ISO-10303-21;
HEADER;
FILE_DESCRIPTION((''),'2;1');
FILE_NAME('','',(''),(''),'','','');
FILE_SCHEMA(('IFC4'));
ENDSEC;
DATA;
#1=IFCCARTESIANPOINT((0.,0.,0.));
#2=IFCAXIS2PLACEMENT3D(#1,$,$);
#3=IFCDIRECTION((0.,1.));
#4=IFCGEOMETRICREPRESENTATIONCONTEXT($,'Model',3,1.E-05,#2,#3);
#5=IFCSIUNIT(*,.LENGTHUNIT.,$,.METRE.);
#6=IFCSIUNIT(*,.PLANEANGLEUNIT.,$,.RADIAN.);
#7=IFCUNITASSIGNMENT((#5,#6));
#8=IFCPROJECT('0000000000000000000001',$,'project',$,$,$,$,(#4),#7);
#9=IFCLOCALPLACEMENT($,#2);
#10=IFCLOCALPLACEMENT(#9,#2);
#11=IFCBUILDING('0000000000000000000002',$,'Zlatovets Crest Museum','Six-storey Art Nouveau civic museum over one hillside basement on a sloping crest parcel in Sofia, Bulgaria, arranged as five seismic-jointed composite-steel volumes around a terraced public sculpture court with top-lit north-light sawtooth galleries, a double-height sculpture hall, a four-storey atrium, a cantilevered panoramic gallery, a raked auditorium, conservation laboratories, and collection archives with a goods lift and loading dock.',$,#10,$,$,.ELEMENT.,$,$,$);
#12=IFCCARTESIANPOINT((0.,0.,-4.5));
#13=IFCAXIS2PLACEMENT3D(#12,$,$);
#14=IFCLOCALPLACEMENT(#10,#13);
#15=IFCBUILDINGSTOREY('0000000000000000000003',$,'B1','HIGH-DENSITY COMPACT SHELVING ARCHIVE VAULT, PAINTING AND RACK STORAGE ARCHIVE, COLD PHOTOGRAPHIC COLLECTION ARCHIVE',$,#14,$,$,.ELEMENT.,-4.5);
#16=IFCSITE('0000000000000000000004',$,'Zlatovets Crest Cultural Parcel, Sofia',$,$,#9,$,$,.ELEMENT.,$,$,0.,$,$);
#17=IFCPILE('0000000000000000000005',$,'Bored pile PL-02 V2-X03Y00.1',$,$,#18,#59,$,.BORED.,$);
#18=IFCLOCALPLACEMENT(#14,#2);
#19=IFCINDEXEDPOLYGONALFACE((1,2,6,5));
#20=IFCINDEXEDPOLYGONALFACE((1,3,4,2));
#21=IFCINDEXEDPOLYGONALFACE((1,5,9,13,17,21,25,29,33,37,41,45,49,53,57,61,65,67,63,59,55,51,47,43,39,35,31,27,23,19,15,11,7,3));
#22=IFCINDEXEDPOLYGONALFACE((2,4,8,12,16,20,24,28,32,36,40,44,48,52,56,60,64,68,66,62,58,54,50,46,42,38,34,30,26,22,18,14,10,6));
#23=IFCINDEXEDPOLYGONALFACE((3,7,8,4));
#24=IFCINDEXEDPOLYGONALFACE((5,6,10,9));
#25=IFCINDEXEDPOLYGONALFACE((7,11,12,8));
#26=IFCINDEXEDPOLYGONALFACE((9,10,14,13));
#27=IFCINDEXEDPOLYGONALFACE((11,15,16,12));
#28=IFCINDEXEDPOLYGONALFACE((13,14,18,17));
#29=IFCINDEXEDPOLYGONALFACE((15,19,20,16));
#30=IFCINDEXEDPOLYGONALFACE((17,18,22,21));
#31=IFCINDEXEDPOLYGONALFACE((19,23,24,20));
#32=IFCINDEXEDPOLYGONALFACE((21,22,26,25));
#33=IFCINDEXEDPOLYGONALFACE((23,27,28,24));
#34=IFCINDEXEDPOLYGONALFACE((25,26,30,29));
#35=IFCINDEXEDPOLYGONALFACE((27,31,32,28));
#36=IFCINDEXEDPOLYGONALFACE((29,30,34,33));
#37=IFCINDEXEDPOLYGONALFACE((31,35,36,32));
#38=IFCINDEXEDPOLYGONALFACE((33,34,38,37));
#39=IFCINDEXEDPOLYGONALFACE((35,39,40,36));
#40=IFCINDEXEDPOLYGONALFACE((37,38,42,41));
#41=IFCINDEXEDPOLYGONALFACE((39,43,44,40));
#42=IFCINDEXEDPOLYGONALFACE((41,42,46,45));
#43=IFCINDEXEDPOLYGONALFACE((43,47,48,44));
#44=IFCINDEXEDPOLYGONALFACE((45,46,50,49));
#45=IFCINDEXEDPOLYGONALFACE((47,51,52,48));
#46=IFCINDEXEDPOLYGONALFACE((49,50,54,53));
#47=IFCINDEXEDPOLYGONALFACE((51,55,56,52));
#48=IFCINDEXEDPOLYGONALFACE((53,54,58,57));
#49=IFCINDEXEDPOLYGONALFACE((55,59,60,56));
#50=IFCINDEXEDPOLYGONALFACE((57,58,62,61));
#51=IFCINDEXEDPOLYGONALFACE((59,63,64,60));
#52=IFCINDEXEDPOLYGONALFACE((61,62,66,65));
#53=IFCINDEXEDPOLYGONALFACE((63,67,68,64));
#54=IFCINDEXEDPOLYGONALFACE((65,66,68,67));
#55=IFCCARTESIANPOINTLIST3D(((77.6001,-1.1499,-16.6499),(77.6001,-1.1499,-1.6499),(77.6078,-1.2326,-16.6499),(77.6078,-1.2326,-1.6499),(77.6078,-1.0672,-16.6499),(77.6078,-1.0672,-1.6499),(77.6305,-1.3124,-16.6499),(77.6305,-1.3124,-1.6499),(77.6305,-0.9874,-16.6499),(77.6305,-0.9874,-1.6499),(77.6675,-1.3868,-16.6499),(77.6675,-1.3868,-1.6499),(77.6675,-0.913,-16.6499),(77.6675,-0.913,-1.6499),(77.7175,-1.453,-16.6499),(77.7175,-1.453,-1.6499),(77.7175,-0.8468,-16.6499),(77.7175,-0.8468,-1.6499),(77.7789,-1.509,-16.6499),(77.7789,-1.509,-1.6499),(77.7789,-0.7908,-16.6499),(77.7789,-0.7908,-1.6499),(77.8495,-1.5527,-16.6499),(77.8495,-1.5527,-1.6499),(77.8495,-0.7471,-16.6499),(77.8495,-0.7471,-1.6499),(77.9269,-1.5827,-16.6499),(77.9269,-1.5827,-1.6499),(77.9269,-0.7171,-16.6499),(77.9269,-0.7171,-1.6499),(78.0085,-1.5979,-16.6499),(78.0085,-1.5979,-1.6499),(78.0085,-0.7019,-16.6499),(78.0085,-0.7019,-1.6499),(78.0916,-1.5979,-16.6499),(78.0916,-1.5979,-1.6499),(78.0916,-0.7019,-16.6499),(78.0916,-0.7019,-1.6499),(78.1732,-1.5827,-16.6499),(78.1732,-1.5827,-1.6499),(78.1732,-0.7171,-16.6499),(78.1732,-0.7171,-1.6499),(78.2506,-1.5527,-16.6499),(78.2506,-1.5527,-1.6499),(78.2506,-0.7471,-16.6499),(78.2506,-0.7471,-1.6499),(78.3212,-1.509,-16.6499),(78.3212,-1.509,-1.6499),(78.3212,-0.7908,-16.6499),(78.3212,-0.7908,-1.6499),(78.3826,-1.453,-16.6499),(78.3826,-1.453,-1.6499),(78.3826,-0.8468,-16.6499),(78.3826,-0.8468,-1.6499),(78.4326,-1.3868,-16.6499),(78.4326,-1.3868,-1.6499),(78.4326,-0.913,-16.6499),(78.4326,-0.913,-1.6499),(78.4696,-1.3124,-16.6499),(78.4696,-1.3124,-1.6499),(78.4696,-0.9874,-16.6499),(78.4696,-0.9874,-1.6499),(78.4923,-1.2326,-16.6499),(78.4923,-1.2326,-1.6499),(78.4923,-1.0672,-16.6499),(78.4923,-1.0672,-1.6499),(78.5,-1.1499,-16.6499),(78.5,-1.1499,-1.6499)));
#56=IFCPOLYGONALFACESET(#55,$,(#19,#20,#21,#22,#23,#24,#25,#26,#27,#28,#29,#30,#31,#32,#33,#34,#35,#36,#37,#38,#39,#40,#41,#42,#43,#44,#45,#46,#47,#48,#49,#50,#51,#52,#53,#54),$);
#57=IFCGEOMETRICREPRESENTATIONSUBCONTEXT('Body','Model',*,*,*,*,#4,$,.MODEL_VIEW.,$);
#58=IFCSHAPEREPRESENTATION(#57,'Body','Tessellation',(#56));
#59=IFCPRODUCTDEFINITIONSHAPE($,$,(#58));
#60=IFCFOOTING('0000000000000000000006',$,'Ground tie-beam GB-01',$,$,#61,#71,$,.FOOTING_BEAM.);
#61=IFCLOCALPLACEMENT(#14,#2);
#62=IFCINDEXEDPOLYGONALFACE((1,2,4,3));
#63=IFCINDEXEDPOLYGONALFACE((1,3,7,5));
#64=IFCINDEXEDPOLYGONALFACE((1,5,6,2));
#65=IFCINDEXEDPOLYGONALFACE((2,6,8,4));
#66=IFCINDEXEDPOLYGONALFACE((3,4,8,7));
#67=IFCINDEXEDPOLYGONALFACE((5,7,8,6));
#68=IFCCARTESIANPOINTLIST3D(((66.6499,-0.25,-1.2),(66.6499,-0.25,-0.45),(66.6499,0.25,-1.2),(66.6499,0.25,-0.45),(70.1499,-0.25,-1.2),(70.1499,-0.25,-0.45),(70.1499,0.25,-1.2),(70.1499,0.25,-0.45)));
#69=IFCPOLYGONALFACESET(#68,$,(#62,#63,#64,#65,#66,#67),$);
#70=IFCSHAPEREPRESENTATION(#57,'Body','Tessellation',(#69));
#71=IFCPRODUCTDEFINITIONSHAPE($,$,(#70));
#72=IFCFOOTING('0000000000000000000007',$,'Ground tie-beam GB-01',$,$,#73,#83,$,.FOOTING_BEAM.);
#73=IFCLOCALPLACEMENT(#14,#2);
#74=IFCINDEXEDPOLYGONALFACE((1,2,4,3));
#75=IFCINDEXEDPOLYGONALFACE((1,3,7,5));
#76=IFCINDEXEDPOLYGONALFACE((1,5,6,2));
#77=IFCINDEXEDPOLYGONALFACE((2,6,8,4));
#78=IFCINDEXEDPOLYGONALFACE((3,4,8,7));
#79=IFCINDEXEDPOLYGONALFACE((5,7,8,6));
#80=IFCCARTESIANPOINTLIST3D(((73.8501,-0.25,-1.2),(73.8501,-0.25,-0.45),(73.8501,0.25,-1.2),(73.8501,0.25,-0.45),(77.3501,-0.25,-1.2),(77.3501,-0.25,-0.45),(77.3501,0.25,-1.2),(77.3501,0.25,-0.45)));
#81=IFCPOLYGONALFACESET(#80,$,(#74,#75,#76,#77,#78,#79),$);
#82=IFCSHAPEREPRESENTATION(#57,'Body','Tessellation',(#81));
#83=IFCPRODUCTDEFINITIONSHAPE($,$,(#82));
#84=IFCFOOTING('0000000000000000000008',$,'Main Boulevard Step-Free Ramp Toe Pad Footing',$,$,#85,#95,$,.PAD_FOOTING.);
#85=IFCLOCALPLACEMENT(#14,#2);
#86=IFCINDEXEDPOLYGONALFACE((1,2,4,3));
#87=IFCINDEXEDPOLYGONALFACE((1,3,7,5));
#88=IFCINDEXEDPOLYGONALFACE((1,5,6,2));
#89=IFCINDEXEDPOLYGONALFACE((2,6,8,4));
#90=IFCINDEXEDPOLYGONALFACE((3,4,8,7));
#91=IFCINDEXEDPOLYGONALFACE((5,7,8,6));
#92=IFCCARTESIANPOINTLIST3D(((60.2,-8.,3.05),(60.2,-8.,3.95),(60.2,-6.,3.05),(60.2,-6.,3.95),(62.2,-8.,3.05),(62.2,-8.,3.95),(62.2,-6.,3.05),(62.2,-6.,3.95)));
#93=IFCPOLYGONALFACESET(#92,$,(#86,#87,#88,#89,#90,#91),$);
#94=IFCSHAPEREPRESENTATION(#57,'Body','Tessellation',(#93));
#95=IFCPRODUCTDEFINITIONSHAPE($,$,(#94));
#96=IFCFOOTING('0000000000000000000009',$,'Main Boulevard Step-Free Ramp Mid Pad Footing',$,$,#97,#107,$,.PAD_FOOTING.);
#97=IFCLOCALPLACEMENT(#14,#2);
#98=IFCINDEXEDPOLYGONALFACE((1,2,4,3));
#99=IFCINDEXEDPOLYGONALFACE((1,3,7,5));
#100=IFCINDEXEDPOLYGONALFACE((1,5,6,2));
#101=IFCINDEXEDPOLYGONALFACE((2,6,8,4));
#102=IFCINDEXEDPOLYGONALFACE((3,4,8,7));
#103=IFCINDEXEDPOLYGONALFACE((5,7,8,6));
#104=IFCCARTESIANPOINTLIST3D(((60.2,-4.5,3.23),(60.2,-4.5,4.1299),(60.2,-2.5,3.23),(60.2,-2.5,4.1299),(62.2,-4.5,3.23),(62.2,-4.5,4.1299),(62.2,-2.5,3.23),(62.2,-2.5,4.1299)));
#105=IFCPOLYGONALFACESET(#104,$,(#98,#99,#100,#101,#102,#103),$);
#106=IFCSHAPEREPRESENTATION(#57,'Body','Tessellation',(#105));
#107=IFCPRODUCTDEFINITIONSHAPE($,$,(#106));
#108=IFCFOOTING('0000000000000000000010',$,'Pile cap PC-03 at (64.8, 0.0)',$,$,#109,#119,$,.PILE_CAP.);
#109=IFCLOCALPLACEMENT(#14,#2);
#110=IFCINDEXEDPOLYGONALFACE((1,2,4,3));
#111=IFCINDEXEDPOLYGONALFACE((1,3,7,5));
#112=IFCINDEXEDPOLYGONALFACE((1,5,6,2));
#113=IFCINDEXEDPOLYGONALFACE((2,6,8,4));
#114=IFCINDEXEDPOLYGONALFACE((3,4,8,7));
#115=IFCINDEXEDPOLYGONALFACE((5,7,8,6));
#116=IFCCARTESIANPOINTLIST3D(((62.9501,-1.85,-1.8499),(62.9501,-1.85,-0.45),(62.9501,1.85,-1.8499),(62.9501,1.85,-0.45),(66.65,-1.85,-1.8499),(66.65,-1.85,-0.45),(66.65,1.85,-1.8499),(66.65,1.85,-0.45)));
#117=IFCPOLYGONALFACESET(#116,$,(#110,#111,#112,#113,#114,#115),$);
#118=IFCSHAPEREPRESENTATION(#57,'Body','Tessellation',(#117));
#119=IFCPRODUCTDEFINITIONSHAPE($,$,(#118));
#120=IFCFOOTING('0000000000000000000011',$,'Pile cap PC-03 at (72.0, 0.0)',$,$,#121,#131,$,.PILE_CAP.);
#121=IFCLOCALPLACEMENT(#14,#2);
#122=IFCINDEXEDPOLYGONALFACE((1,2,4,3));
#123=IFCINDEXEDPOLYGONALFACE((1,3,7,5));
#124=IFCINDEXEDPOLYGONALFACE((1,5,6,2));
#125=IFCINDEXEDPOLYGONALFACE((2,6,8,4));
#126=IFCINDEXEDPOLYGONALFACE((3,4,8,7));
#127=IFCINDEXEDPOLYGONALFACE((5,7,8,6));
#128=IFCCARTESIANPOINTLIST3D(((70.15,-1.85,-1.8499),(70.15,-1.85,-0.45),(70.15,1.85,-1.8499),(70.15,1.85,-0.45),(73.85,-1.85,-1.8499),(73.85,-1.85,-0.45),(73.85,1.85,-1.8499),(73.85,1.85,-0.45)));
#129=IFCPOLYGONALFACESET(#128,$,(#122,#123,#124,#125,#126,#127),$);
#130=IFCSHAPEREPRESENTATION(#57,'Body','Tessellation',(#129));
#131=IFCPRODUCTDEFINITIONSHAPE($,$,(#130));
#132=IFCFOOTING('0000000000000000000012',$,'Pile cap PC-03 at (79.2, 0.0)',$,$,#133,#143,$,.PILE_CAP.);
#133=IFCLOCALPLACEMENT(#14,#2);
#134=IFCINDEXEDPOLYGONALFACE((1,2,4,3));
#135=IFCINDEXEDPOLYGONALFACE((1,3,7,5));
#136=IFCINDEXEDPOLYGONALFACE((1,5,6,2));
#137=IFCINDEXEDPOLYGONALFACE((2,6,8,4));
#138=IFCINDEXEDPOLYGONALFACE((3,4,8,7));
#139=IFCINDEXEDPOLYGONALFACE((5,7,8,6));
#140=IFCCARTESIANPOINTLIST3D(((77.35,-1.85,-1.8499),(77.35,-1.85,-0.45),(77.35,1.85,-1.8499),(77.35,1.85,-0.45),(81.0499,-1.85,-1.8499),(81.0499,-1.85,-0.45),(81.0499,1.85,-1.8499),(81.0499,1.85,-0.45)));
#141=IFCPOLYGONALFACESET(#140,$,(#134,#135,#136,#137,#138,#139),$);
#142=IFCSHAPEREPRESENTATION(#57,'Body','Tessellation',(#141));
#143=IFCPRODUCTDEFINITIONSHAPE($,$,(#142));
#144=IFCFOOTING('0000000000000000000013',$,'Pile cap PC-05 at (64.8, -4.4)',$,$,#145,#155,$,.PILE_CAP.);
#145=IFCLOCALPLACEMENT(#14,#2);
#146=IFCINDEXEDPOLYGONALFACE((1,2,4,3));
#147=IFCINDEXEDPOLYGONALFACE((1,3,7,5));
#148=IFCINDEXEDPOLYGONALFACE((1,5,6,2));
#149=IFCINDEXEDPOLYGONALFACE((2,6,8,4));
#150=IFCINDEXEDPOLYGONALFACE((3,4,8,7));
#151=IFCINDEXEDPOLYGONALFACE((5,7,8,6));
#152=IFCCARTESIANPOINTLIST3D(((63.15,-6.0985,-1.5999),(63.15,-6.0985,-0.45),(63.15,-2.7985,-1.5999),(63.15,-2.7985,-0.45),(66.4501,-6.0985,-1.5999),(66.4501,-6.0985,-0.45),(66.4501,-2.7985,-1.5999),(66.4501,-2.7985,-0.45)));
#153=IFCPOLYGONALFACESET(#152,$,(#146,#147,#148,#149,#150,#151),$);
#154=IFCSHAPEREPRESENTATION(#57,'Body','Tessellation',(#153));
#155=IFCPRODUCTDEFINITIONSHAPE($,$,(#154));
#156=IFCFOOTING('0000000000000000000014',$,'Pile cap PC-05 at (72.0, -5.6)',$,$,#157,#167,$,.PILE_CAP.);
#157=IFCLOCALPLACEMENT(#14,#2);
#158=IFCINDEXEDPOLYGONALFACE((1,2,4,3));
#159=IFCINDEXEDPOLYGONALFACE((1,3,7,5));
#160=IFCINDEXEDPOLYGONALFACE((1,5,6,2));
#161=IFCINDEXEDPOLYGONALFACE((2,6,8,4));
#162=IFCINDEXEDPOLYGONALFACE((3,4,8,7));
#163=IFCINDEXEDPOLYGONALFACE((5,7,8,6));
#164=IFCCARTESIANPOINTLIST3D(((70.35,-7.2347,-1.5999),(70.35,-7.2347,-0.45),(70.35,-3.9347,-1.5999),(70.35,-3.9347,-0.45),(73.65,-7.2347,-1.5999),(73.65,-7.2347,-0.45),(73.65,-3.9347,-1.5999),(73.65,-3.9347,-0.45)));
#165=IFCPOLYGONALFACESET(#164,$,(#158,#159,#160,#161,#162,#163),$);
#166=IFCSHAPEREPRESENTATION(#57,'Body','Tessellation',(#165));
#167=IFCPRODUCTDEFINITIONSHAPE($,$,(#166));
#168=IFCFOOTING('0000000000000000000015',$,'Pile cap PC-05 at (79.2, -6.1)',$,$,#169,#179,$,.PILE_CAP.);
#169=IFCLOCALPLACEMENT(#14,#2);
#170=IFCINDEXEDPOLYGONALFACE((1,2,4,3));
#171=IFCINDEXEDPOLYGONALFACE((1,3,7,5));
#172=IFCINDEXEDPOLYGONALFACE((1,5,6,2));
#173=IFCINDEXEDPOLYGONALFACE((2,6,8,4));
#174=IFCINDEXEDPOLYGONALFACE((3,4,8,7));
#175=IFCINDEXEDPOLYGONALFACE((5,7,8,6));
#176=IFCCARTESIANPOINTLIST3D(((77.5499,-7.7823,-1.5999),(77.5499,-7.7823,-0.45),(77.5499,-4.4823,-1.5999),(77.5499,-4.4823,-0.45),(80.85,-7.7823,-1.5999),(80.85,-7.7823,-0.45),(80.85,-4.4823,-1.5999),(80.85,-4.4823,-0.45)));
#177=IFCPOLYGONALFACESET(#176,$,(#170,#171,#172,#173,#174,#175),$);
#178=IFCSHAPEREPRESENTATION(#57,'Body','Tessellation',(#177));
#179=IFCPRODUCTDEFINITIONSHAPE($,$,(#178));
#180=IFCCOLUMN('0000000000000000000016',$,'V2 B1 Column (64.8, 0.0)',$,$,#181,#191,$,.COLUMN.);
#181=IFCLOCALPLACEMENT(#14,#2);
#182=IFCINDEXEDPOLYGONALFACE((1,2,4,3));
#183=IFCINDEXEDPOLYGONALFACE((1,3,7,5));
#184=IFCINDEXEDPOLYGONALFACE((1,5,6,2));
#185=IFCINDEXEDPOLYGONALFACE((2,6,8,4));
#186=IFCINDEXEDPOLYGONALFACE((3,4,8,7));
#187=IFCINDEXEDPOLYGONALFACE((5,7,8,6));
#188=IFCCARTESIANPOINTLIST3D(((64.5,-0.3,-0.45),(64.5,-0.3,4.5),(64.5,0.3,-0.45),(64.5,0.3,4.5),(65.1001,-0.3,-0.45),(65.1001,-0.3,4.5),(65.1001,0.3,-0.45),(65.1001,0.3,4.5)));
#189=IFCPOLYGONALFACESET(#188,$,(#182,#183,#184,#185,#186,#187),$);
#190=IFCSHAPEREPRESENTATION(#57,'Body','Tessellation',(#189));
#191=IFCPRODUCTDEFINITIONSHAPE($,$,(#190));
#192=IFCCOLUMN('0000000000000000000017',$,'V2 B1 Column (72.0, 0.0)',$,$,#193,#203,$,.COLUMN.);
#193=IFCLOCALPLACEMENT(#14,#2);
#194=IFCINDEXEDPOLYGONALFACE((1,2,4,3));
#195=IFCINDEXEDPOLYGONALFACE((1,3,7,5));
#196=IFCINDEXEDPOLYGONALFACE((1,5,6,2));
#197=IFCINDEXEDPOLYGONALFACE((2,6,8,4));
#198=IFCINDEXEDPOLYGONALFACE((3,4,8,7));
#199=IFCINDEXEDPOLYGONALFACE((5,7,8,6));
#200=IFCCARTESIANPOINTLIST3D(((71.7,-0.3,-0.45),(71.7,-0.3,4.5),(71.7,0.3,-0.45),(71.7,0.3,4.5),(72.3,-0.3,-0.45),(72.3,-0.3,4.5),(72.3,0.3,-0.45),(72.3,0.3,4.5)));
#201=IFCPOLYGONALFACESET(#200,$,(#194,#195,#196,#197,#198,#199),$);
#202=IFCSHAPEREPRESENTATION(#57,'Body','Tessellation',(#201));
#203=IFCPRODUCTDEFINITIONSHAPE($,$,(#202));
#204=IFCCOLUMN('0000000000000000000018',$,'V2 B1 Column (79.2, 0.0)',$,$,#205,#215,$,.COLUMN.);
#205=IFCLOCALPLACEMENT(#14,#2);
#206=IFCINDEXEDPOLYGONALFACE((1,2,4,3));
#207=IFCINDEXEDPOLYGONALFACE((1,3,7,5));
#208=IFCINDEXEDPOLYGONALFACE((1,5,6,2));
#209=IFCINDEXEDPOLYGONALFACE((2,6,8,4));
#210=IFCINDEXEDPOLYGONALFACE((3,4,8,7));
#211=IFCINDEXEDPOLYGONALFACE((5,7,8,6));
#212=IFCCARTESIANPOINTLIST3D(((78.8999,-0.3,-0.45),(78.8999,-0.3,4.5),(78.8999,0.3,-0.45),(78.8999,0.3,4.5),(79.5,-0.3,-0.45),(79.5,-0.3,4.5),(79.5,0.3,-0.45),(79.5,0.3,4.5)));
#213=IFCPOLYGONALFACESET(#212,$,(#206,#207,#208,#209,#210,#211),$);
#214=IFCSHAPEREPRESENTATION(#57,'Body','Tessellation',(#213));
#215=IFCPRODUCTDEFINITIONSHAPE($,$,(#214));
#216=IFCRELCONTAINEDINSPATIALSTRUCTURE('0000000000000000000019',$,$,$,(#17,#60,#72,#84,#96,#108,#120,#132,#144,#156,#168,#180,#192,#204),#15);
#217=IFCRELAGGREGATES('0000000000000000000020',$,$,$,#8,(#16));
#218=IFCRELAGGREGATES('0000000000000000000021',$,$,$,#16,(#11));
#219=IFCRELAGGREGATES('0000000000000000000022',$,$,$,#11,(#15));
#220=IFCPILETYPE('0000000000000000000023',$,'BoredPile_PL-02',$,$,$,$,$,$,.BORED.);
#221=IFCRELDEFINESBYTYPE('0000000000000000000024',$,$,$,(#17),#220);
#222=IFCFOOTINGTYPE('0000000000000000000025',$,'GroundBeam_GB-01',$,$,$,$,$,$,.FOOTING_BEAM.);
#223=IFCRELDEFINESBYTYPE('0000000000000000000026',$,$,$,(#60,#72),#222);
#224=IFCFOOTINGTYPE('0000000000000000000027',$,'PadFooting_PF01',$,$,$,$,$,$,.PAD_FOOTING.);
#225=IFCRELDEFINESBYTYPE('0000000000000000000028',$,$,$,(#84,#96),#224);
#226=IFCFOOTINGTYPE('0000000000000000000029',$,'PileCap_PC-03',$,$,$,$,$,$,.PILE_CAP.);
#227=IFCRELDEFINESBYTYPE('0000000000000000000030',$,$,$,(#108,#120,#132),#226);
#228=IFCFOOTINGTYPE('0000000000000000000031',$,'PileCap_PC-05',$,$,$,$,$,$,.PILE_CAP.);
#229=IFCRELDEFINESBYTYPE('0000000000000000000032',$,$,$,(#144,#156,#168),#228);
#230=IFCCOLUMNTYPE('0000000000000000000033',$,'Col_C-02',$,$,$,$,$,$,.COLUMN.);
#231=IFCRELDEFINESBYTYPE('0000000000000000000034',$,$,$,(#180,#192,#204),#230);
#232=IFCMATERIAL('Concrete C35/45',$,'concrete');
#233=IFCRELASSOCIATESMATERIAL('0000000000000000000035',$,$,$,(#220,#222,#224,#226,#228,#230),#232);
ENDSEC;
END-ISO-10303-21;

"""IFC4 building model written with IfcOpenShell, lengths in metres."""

from ifc_helpers import new_model, si_unit, direction, frame, origin, origin_2d, place, context, subcontext, project, spatial, rectangle, circle, extrude, material, material_profile, profile_set, type_object, element, save


model = new_model("IFC4")

# Units and contexts
model_context = context("Model", 3, precision=1e-05, world=origin(), true_north=direction((0.0, 1.0)))
body_context = subcontext(model_context, "Body", "Model", "MODEL_VIEW")
ifc_project = project(units=[si_unit("LENGTHUNIT", "METRE"), si_unit("PLANEANGLEUNIT", "RADIAN")], contexts=[model_context])

# Site, building, storey
site_placement = place(None, origin())
site = spatial("IfcSite", under=ifc_project, at=site_placement, Name="Zlatovets Crest Cultural Parcel, Sofia", CompositionType="ELEMENT", RefElevation=0.0)
building_placement = place(site_placement, origin())
building = spatial("IfcBuilding", under=site, at=building_placement, Name="Zlatovets Crest Museum", Description="Six-storey Art Nouveau civic museum over one hillside basement on a sloping crest parcel in Sofia, Bulgaria, arranged as five seismic-jointed composite-steel volumes around a terraced public sculpture court with top-lit north-light sawtooth galleries, a double-height sculpture hall, a four-storey atrium, a cantilevered panoramic gallery, a raked auditorium, conservation laboratories, and collection archives with a goods lift and loading dock.", CompositionType="ELEMENT")
storey_placement = place(building_placement, frame((0.0, 0.0, -4.5)))
storey = spatial("IfcBuildingStorey", under=building, at=storey_placement, Name="B1", Description="HIGH-DENSITY COMPACT SHELVING ARCHIVE VAULT, PAINTING AND RACK STORAGE ARCHIVE, COLD PHOTOGRAPHIC COLLECTION ARCHIVE", CompositionType="ELEMENT", Elevation=-4.5)

# Pile
ifc_material_1 = material(Name="Concrete C35/45", Category="concrete")
ifc_material_profile_1 = material_profile(ifc_material_1, circle(Radius=0.45, at=origin_2d()), Name="PILE D900")
ifc_profile_set_1 = profile_set([ifc_material_profile_1], Name="Concrete C35/45")
pile_type_1 = type_object("IfcPileType", Name="BoredPile_PL-02", PredefinedType="BORED", material=ifc_profile_set_1)
for number, where, z_axis, x_axis, name in (
    (1, (78.05, -1.1499, -1.6499), (0.0, 0.0, -1.0), (1.0, 0.0, 0.0), "Bored pile PL-02 V2-X03Y00.1"),
):
    element("IfcPile", number, at=place(storey_placement, frame(where, z_axis=z_axis, x_axis=x_axis)), inside=storey, type_object=pile_type_1, Name=name, PredefinedType="BORED", context=body_context, shape_type="SweptSolid", body=[
        extrude(circle(Radius=0.45, at=origin_2d()), origin(), (0.0, 0.0, 1.0), 15.0),
    ])

# Footings
ifc_material_profile_2 = material_profile(ifc_material_1, rectangle(XDim=0.5, YDim=0.75, at=origin_2d()), Name="RC 500x750")
ifc_profile_set_2 = profile_set([ifc_material_profile_2], Name="Concrete C35/45")
footing_type_1 = type_object("IfcFootingType", Name="GroundBeam_GB-01", PredefinedType="FOOTING_BEAM", material=ifc_profile_set_2)
for number, where, z_axis, x_axis, name in (
    (2, (66.6499, 0.0, -0.825), (1.0, 0.0, 0.0), (0.0, 1.0, 0.0), "Ground tie-beam GB-01"),
    (3, (73.8501, 0.0, -0.825), (1.0, 0.0, 0.0), (0.0, 1.0, 0.0), "Ground tie-beam GB-01"),
):
    element("IfcFooting", number, at=place(storey_placement, frame(where, z_axis=z_axis, x_axis=x_axis)), inside=storey, type_object=footing_type_1, Name=name, PredefinedType="FOOTING_BEAM", context=body_context, shape_type="SweptSolid", body=[
        extrude(rectangle(XDim=0.5, YDim=0.75, at=origin_2d()), origin(), (0.0, 0.0, 1.0), 3.5),
    ])
footing_type_2 = type_object("IfcFootingType", Name="PadFooting_PF01", PredefinedType="PAD_FOOTING", material=ifc_material_1)
for number, where, z_axis, x_axis, name in (
    (4, (61.2, -7.0, 3.05), (0.0, 0.0, 1.0), (1.0, 0.0, 0.0), "Main Boulevard Step-Free Ramp Toe Pad Footing"),
    (5, (61.2, -3.5, 3.23), (0.0, 0.0, 1.0), (1.0, 0.0, 0.0), "Main Boulevard Step-Free Ramp Mid Pad Footing"),
):
    element("IfcFooting", number, at=place(storey_placement, frame(where, z_axis=z_axis, x_axis=x_axis)), inside=storey, type_object=footing_type_2, Name=name, PredefinedType="PAD_FOOTING", context=body_context, shape_type="SweptSolid", body=[
        extrude(rectangle(XDim=2.0, YDim=2.0, at=origin_2d()), origin(), (0.0, 0.0, 1.0), 0.8999),
    ])
footing_type_3 = type_object("IfcFootingType", Name="PileCap_PC-03", PredefinedType="PILE_CAP", material=ifc_material_1)
for number, where, z_axis, x_axis, name in (
    (6, (64.8, 0.0, -1.8499), (0.0, 0.0, 1.0), (1.0, 0.0, 0.0), "Pile cap PC-03 at (64.8, 0.0)"),
    (7, (72.0, 0.0, -1.8499), (0.0, 0.0, 1.0), (1.0, 0.0, 0.0), "Pile cap PC-03 at (72.0, 0.0)"),
    (8, (79.2, 0.0, -1.8499), (0.0, 0.0, 1.0), (1.0, 0.0, 0.0), "Pile cap PC-03 at (79.2, 0.0)"),
):
    element("IfcFooting", number, at=place(storey_placement, frame(where, z_axis=z_axis, x_axis=x_axis)), inside=storey, type_object=footing_type_3, Name=name, PredefinedType="PILE_CAP", context=body_context, shape_type="SweptSolid", body=[
        extrude(rectangle(XDim=3.7, YDim=3.7, at=origin_2d()), origin(), (0.0, 0.0, 1.0), 1.3999),
    ])
footing_type_4 = type_object("IfcFootingType", Name="PileCap_PC-05", PredefinedType="PILE_CAP", material=ifc_material_1)
for number, where, z_axis, x_axis, name in (
    (9, (64.8, -4.4485, -1.5999), (0.0, 0.0, 1.0), (1.0, 0.0, 0.0), "Pile cap PC-05 at (64.8, -4.4)"),
    (10, (72.0, -5.5847, -1.5999), (0.0, 0.0, 1.0), (1.0, 0.0, 0.0), "Pile cap PC-05 at (72.0, -5.6)"),
    (11, (79.2, -6.1323, -1.5999), (0.0, 0.0, 1.0), (1.0, 0.0, 0.0), "Pile cap PC-05 at (79.2, -6.1)"),
):
    element("IfcFooting", number, at=place(storey_placement, frame(where, z_axis=z_axis, x_axis=x_axis)), inside=storey, type_object=footing_type_4, Name=name, PredefinedType="PILE_CAP", context=body_context, shape_type="SweptSolid", body=[
        extrude(rectangle(XDim=3.3, YDim=3.3, at=origin_2d()), origin(), (0.0, 0.0, 1.0), 1.1499),
    ])

# Columns
ifc_material_profile_3 = material_profile(ifc_material_1, rectangle(XDim=0.6001, YDim=0.6001, at=origin_2d()), Name="RC 600x600")
ifc_profile_set_3 = profile_set([ifc_material_profile_3], Name="Concrete C35/45")
column_type = type_object("IfcColumnType", Name="Col_C-02", PredefinedType="COLUMN", material=ifc_profile_set_3)
for number, where, z_axis, x_axis, name in (
    (12, (64.8, 0.0, -0.45), (0.0, 0.0, 1.0), (0.0, 1.0, 0.0), "V2 B1 Column (64.8, 0.0)"),
    (13, (72.0, 0.0, -0.45), (0.0, 0.0, 1.0), (1.0, 0.0, 0.0), "V2 B1 Column (72.0, 0.0)"),
    (14, (79.2, 0.0, -0.45), (0.0, 0.0, 1.0), (0.0, 1.0, 0.0), "V2 B1 Column (79.2, 0.0)"),
):
    element("IfcColumn", number, at=place(storey_placement, frame(where, z_axis=z_axis, x_axis=x_axis)), inside=storey, type_object=column_type, Name=name, PredefinedType="COLUMN", context=body_context, shape_type="SweptSolid", body=[
        extrude(rectangle(XDim=0.6001, YDim=0.6001, at=origin_2d()), origin(), (0.0, 0.0, 1.0), 4.95),
    ])

save(model, "model.ifc")
